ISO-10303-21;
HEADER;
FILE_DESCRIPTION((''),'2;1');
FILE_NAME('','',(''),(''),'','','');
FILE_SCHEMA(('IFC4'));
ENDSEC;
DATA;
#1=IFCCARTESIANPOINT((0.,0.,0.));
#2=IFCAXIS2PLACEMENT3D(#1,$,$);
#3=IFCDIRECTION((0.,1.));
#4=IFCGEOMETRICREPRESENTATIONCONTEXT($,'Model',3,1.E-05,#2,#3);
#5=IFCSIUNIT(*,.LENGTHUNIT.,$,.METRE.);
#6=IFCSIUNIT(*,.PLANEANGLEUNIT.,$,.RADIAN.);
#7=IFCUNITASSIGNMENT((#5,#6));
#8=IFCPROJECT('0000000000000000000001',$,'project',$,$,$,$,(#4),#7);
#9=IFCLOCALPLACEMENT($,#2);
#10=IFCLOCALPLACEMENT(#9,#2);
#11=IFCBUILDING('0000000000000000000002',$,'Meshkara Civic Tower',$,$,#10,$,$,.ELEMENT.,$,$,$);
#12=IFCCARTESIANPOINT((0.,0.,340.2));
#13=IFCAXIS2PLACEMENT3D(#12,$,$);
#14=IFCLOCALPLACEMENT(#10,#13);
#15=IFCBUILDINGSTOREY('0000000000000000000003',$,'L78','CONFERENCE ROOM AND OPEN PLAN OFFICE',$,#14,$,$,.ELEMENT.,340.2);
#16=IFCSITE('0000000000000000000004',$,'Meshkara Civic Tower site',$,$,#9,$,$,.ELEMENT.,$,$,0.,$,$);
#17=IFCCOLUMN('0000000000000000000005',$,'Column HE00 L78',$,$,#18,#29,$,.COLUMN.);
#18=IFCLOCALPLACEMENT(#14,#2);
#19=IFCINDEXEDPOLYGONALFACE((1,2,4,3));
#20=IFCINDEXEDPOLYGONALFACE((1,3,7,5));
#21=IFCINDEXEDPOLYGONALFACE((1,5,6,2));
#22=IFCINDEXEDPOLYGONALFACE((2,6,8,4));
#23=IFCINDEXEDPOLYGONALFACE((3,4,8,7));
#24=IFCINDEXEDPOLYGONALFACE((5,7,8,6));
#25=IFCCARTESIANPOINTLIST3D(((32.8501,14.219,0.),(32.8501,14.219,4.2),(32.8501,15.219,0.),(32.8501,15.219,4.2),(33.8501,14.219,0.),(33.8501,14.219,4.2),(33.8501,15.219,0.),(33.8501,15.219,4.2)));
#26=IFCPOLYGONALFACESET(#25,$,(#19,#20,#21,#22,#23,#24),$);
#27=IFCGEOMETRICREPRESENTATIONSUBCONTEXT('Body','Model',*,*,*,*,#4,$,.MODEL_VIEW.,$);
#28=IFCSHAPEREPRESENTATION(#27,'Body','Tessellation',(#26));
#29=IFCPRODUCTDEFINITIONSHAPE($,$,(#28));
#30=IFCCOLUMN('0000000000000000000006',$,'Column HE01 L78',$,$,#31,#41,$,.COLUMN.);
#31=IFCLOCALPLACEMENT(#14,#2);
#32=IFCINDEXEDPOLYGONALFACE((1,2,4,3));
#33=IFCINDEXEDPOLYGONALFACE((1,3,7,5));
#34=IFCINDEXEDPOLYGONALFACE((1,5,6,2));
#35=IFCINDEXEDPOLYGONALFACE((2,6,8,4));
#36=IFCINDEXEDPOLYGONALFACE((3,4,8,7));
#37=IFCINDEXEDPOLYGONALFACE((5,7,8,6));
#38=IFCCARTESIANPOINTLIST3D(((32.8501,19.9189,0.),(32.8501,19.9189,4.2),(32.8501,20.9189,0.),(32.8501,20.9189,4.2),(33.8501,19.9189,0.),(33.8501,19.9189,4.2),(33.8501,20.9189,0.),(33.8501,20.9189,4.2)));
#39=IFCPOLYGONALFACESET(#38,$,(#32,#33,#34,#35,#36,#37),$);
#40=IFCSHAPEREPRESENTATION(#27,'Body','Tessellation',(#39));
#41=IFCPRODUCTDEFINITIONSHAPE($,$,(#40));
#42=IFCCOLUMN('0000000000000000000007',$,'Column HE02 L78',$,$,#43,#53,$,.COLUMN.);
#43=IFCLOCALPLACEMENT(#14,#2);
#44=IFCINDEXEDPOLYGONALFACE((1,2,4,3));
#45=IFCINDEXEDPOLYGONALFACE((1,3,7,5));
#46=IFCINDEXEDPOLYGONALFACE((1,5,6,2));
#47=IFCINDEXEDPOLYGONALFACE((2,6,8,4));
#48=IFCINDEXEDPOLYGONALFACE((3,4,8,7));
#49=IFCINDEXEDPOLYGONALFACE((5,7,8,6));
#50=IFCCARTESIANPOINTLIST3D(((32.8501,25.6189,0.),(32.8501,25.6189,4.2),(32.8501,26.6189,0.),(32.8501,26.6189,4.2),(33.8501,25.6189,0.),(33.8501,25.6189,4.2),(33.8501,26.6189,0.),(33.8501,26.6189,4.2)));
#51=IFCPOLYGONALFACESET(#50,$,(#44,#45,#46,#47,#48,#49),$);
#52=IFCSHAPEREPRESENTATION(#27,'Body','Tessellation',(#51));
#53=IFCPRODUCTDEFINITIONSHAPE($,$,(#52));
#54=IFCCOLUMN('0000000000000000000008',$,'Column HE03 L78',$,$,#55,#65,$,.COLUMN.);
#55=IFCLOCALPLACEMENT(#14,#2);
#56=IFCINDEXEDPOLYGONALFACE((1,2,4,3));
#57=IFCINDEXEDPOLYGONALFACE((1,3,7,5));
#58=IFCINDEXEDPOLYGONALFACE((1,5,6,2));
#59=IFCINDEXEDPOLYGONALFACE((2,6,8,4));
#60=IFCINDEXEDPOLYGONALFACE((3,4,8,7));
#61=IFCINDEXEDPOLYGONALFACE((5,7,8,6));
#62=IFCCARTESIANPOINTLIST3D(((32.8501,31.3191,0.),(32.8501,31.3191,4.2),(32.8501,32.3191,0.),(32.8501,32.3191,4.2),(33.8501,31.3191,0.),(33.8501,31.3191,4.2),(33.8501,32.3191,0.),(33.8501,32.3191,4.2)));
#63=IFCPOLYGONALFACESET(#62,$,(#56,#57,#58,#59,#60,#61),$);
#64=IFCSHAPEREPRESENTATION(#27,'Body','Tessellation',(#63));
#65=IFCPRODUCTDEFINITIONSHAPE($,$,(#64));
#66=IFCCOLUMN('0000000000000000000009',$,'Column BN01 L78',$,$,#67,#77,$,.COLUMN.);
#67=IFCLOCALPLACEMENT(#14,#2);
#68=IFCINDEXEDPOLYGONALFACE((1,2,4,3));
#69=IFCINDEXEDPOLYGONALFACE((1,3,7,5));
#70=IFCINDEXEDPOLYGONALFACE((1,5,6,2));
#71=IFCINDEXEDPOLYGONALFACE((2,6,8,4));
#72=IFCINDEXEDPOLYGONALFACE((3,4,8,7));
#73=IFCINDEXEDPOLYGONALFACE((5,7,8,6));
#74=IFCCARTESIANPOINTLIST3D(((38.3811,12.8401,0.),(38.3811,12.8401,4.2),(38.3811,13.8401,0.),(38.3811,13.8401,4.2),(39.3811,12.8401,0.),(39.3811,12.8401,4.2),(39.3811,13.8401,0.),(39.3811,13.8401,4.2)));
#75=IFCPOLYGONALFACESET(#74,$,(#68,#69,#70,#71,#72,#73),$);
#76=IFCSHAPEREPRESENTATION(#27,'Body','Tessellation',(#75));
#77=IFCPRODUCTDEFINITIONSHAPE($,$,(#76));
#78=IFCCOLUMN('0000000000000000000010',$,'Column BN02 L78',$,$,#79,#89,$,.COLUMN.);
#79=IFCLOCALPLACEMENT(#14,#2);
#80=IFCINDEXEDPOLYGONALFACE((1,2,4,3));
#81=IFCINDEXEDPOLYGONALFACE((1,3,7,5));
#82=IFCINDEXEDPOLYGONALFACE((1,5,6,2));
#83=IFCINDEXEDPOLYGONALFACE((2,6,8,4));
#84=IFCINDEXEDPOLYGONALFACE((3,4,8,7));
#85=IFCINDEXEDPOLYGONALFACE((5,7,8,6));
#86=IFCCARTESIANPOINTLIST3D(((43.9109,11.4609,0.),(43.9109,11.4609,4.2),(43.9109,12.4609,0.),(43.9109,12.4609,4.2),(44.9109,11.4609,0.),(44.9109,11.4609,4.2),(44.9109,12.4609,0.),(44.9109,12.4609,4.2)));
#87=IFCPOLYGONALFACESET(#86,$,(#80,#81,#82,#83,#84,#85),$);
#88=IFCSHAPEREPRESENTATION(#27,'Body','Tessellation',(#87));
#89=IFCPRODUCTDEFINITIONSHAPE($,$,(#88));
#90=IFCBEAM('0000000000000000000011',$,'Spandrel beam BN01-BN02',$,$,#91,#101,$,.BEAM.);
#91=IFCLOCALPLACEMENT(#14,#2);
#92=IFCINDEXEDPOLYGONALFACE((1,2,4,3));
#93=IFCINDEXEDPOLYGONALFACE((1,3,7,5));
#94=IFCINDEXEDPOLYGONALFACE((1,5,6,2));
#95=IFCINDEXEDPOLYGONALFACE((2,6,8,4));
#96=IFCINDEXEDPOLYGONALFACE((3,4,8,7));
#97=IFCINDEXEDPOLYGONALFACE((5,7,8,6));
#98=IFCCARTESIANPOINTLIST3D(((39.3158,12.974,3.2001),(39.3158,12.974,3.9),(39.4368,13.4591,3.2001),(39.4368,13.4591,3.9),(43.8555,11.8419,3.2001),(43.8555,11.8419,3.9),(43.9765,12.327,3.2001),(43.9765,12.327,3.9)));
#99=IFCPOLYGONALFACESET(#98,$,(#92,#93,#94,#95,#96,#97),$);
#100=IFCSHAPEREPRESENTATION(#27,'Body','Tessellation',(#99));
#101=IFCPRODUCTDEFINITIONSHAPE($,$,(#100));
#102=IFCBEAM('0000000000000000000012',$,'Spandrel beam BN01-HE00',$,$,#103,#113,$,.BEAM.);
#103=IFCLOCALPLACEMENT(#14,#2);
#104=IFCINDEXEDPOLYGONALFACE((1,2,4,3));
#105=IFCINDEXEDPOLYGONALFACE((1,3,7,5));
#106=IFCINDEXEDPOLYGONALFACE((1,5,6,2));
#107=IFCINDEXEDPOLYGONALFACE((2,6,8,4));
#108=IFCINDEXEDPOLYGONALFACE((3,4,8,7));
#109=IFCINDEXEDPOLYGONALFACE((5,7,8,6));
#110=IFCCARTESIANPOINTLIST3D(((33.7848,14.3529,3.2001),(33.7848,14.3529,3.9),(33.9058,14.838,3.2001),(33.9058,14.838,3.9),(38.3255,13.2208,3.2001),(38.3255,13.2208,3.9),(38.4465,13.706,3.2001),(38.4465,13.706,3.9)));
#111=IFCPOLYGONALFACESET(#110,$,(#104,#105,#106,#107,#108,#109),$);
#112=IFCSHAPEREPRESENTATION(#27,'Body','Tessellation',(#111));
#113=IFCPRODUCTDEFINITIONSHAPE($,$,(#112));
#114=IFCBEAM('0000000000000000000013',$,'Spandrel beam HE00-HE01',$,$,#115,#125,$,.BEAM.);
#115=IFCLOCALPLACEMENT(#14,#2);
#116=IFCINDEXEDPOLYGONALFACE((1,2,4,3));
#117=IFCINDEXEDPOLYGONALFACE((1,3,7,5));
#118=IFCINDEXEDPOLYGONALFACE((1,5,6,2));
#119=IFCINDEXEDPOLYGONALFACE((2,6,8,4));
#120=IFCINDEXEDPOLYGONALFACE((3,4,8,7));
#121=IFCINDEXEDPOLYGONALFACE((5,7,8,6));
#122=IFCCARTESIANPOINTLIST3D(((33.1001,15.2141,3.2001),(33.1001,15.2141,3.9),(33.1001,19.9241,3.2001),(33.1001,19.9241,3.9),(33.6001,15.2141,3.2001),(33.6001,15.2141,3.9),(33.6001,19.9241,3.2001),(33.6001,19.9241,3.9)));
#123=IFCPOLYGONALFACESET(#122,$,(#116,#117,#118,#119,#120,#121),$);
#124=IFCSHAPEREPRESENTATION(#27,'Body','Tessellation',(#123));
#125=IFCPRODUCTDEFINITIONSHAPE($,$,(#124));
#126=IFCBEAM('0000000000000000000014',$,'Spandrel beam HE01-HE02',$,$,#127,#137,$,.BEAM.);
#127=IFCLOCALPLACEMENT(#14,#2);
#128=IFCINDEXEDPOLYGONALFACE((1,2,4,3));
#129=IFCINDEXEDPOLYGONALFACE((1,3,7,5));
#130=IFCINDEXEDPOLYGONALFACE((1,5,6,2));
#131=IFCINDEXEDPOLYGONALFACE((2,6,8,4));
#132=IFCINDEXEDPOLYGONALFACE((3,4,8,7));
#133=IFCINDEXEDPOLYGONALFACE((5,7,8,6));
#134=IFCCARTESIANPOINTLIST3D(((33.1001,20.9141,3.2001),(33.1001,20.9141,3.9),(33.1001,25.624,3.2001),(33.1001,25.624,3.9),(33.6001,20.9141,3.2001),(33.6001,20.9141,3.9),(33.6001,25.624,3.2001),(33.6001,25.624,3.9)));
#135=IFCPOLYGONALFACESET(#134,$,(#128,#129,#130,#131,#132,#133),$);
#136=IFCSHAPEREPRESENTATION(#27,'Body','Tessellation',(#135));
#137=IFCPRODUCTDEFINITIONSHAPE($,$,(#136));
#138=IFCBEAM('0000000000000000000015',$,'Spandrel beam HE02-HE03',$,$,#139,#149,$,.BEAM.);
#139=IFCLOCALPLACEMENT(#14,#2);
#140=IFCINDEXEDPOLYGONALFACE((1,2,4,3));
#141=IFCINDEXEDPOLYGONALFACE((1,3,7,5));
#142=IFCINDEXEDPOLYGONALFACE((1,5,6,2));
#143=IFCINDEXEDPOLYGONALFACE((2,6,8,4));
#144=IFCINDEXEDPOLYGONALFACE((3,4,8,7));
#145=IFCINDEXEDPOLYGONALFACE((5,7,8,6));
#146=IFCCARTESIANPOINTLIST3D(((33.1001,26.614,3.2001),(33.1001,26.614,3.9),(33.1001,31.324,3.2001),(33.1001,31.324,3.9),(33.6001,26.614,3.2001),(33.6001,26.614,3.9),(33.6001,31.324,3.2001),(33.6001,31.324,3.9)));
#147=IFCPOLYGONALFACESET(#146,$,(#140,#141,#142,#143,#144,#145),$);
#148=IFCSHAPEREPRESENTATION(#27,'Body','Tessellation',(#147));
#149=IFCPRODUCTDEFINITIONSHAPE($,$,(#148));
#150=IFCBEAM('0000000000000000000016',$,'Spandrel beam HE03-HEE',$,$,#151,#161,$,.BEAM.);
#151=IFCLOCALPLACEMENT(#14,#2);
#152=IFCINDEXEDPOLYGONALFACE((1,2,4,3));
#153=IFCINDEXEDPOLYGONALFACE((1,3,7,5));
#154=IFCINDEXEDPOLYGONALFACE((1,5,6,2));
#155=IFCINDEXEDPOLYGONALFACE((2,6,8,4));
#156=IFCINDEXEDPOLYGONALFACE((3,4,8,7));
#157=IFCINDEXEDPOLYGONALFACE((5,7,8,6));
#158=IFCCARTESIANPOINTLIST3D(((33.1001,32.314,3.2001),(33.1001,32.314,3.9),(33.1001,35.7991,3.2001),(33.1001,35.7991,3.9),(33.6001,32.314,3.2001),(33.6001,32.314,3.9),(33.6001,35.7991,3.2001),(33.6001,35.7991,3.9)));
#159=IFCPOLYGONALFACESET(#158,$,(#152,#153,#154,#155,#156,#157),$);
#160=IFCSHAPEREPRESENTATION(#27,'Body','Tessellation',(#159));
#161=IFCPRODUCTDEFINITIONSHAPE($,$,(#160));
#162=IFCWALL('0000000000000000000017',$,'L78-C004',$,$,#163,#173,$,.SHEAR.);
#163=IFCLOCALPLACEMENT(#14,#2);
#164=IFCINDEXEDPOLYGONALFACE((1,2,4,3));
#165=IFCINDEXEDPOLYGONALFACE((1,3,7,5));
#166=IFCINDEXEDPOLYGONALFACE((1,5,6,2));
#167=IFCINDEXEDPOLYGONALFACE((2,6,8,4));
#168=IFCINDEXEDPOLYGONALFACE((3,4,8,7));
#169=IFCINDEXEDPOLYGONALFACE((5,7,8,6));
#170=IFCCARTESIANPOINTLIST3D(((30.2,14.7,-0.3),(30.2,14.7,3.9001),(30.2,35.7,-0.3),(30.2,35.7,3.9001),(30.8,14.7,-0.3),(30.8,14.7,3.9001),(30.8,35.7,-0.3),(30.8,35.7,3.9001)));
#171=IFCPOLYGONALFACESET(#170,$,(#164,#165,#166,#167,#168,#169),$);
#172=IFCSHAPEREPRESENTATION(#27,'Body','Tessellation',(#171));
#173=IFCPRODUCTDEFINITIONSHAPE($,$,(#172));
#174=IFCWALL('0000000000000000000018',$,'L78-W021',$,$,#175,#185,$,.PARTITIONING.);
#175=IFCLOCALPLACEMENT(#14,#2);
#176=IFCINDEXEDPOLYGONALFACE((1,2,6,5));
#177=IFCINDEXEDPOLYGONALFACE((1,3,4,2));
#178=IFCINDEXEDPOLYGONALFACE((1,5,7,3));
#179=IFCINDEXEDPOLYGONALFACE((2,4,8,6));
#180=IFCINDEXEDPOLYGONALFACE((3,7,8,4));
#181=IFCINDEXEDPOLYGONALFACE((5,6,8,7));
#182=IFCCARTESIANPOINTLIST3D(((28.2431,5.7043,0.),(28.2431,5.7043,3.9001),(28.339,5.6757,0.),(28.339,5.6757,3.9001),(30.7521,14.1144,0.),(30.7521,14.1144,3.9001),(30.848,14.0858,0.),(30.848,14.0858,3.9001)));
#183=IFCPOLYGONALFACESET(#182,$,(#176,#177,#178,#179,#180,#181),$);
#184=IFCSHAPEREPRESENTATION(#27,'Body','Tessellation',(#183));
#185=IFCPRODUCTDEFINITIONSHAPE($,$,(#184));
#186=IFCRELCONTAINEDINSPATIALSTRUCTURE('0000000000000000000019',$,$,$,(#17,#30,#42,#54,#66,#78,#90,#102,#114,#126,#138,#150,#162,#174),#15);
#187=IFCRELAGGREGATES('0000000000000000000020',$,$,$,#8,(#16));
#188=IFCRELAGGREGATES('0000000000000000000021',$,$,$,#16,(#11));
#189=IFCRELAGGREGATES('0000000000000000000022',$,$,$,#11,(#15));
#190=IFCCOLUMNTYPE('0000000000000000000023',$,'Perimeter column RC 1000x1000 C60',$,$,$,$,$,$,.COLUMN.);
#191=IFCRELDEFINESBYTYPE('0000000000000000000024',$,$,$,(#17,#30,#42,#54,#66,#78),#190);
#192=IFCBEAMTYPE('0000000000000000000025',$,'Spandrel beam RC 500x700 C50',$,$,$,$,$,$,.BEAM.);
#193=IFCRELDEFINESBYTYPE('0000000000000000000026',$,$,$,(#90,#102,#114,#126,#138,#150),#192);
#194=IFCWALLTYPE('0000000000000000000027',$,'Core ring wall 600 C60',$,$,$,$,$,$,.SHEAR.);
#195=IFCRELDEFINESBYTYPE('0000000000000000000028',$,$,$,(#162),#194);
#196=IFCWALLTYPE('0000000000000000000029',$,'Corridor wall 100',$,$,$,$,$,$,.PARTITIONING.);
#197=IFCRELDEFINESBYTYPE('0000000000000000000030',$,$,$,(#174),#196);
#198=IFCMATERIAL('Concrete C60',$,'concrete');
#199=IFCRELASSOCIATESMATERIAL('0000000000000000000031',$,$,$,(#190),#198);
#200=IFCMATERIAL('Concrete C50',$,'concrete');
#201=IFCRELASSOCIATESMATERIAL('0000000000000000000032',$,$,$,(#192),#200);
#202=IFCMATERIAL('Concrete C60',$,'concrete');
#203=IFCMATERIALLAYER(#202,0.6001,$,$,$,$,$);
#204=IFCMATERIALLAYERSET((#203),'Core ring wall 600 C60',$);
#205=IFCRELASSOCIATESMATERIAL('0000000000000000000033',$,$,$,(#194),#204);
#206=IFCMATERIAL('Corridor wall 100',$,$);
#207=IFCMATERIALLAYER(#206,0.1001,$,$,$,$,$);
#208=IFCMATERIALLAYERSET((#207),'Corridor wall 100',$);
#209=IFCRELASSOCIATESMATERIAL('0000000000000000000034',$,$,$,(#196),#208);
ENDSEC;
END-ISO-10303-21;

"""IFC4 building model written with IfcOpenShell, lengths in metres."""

from ifc_helpers import new_model, si_unit, direction, frame, frame_2d, origin, origin_2d, place, context, subcontext, project, spatial, rectangle, extrude, material, layer, layer_set, material_profile, profile_set, type_object, element, save


model = new_model("IFC4")

# Units and contexts
model_context = context("Model", 3, precision=1e-05, world=origin(), true_north=direction((0.0, 1.0)))
body_context = subcontext(model_context, "Body", "Model", "MODEL_VIEW")
ifc_project = project(units=[si_unit("LENGTHUNIT", "METRE"), si_unit("PLANEANGLEUNIT", "RADIAN")], contexts=[model_context])

# Site, building, storey
site_placement = place(None, origin())
site = spatial("IfcSite", under=ifc_project, at=site_placement, Name="Meshkara Civic Tower site", CompositionType="ELEMENT", RefElevation=0.0)
building_placement = place(site_placement, origin())
building = spatial("IfcBuilding", under=site, at=building_placement, Name="Meshkara Civic Tower", CompositionType="ELEMENT")
storey_placement = place(building_placement, frame((0.0, 0.0, 340.2)))
storey = spatial("IfcBuildingStorey", under=building, at=storey_placement, Name="L78", Description="CONFERENCE ROOM AND OPEN PLAN OFFICE", CompositionType="ELEMENT", Elevation=340.2)

# Columns
ifc_material_1 = material(Name="Concrete C60", Category="concrete")
ifc_material_profile_1 = material_profile(ifc_material_1, rectangle(XDim=1.0, YDim=1.0, at=origin_2d()))
ifc_profile_set_1 = profile_set([ifc_material_profile_1], Name="Concrete C60")
column_type = type_object("IfcColumnType", Name="Perimeter column RC 1000x1000 C60", PredefinedType="COLUMN", material=ifc_profile_set_1)
for number, where, z_axis, x_axis, name in (
    (1, (33.3501, 14.719, 0.0), (0.0, 0.0, 1.0), (1.0, 0.0, 0.0), "Column HE00 L78"),
    (2, (33.3501, 20.4189, 0.0), (0.0, 0.0, 1.0), (1.0, 0.0, 0.0), "Column HE01 L78"),
    (3, (33.3501, 26.1189, 0.0), (0.0, 0.0, 1.0), (1.0, 0.0, 0.0), "Column HE02 L78"),
    (4, (33.3501, 31.8191, 0.0), (0.0, 0.0, 1.0), (1.0, 0.0, 0.0), "Column HE03 L78"),
    (5, (38.8811, 13.3401, 0.0), (0.0, 0.0, 1.0), (1.0, 0.0, 0.0), "Column BN01 L78"),
    (6, (44.4109, 11.9609, 0.0), (0.0, 0.0, 1.0), (1.0, 0.0, 0.0), "Column BN02 L78"),
):
    element("IfcColumn", number, at=place(storey_placement, frame(where, z_axis=z_axis, x_axis=x_axis)), inside=storey, type_object=column_type, Name=name, PredefinedType="COLUMN", context=body_context, shape_type="SweptSolid", body=[
        extrude(rectangle(XDim=1.0, YDim=1.0, at=origin_2d()), origin(), (0.0, 0.0, 1.0), 4.2),
    ])

# Beams
ifc_material_2 = material(Name="Concrete C50", Category="concrete")
ifc_material_profile_2 = material_profile(ifc_material_2, rectangle(XDim=0.5, YDim=0.7, at=origin_2d()))
ifc_profile_set_2 = profile_set([ifc_material_profile_2], Name="Concrete C50")
beam_type = type_object("IfcBeamType", Name="Spandrel beam RC 500x700 C50", PredefinedType="BEAM", material=ifc_profile_set_2)
beam_1_placement = place(storey_placement, frame((43.916, 12.0845, 3.55), z_axis=(-0.970287, 0.241959, 0.0), x_axis=(-0.241959, -0.970287, 0.0)))
element("IfcBeam", 7, at=beam_1_placement, inside=storey, type_object=beam_type, Name="Spandrel beam BN01-BN02", PredefinedType="BEAM", context=body_context, shape_type="SweptSolid", body=[
    extrude(rectangle(XDim=0.5, YDim=0.7, at=origin_2d()), origin(), (0.0, 0.0, 1.0), 4.6787),
])
beam_2_placement = place(storey_placement, frame((38.386, 13.4634, 3.55), z_axis=(-0.970299, 0.24191, 0.0), x_axis=(-0.24191, -0.970299, 0.0)))
element("IfcBeam", 8, at=beam_2_placement, inside=storey, type_object=beam_type, Name="Spandrel beam BN01-HE00", PredefinedType="BEAM", context=body_context, shape_type="SweptSolid", body=[
    extrude(rectangle(XDim=0.5, YDim=0.7, at=origin_2d()), origin(), (0.0, 0.0, 1.0), 4.6797),
])
for number, where, z_axis, x_axis, name in (
    (9, (33.3501, 15.2141, 3.55), (0.0, 1.0, 0.0), (-1.0, 0.0, 0.0), "Spandrel beam HE00-HE01"),
    (10, (33.3501, 20.9141, 3.55), (0.0, 1.0, 0.0), (-1.0, 0.0, 0.0), "Spandrel beam HE01-HE02"),
    (11, (33.3501, 26.614, 3.55), (0.0, 1.0, 0.0), (-1.0, 0.0, 0.0), "Spandrel beam HE02-HE03"),
):
    element("IfcBeam", number, at=place(storey_placement, frame(where, z_axis=z_axis, x_axis=x_axis)), inside=storey, type_object=beam_type, Name=name, PredefinedType="BEAM", context=body_context, shape_type="SweptSolid", body=[
        extrude(rectangle(XDim=0.5, YDim=0.7, at=origin_2d()), origin(), (0.0, 0.0, 1.0), 4.71),
    ])
beam_3_placement = place(storey_placement, frame((33.3501, 32.314, 3.55), z_axis=(0.0, 1.0, 0.0), x_axis=(-1.0, 0.0, 0.0)))
element("IfcBeam", 12, at=beam_3_placement, inside=storey, type_object=beam_type, Name="Spandrel beam HE03-HEE", PredefinedType="BEAM", context=body_context, shape_type="SweptSolid", body=[
    extrude(rectangle(XDim=0.5, YDim=0.7, at=origin_2d()), origin(), (0.0, 0.0, 1.0), 3.4851),
])

# Walls
ifc_material_3 = material(Name="Concrete C60", Category="concrete")
ifc_layer_1 = layer(ifc_material_3, 0.6001)
ifc_layer_set_1 = layer_set([ifc_layer_1], Name="Core ring wall 600 C60")
wall_type_1 = type_object("IfcWallType", Name="Core ring wall 600 C60", PredefinedType="SHEAR", material=ifc_layer_set_1)
wall_1_placement = place(storey_placement, frame((30.5, 14.7, -0.3), z_axis=(0.0, 0.0, 1.0), x_axis=(0.0, 1.0, 0.0)))
element("IfcWall", 13, at=wall_1_placement, inside=storey, type_object=wall_type_1, Name="L78-C004", PredefinedType="SHEAR", context=body_context, shape_type="SweptSolid", body=[
    extrude(rectangle(XDim=21.0, YDim=0.6001, at=frame_2d((10.5, 0.0))), origin(), (0.0, 0.0, 1.0), 4.2002),
])
ifc_material_4 = material(Name="Corridor wall 100")
ifc_layer_2 = layer(ifc_material_4, 0.1001)
ifc_layer_set_2 = layer_set([ifc_layer_2], Name="Corridor wall 100")
wall_type_2 = type_object("IfcWallType", Name="Corridor wall 100", PredefinedType="PARTITIONING", material=ifc_layer_set_2)
wall_2_placement = place(storey_placement, frame((30.8, 14.1001, 0.0), z_axis=(0.0, 0.0, 1.0), x_axis=(-0.285883, -0.958265, 0.0)))
element("IfcWall", 14, at=wall_2_placement, inside=storey, type_object=wall_type_2, Name="L78-W021", PredefinedType="PARTITIONING", context=body_context, shape_type="SweptSolid", body=[
    extrude(rectangle(XDim=8.7764, YDim=0.1001, at=frame_2d((4.3882, 0.0))), origin(), (0.0, 0.0, 1.0), 3.9001),
])

save(model, "model.ifc")
